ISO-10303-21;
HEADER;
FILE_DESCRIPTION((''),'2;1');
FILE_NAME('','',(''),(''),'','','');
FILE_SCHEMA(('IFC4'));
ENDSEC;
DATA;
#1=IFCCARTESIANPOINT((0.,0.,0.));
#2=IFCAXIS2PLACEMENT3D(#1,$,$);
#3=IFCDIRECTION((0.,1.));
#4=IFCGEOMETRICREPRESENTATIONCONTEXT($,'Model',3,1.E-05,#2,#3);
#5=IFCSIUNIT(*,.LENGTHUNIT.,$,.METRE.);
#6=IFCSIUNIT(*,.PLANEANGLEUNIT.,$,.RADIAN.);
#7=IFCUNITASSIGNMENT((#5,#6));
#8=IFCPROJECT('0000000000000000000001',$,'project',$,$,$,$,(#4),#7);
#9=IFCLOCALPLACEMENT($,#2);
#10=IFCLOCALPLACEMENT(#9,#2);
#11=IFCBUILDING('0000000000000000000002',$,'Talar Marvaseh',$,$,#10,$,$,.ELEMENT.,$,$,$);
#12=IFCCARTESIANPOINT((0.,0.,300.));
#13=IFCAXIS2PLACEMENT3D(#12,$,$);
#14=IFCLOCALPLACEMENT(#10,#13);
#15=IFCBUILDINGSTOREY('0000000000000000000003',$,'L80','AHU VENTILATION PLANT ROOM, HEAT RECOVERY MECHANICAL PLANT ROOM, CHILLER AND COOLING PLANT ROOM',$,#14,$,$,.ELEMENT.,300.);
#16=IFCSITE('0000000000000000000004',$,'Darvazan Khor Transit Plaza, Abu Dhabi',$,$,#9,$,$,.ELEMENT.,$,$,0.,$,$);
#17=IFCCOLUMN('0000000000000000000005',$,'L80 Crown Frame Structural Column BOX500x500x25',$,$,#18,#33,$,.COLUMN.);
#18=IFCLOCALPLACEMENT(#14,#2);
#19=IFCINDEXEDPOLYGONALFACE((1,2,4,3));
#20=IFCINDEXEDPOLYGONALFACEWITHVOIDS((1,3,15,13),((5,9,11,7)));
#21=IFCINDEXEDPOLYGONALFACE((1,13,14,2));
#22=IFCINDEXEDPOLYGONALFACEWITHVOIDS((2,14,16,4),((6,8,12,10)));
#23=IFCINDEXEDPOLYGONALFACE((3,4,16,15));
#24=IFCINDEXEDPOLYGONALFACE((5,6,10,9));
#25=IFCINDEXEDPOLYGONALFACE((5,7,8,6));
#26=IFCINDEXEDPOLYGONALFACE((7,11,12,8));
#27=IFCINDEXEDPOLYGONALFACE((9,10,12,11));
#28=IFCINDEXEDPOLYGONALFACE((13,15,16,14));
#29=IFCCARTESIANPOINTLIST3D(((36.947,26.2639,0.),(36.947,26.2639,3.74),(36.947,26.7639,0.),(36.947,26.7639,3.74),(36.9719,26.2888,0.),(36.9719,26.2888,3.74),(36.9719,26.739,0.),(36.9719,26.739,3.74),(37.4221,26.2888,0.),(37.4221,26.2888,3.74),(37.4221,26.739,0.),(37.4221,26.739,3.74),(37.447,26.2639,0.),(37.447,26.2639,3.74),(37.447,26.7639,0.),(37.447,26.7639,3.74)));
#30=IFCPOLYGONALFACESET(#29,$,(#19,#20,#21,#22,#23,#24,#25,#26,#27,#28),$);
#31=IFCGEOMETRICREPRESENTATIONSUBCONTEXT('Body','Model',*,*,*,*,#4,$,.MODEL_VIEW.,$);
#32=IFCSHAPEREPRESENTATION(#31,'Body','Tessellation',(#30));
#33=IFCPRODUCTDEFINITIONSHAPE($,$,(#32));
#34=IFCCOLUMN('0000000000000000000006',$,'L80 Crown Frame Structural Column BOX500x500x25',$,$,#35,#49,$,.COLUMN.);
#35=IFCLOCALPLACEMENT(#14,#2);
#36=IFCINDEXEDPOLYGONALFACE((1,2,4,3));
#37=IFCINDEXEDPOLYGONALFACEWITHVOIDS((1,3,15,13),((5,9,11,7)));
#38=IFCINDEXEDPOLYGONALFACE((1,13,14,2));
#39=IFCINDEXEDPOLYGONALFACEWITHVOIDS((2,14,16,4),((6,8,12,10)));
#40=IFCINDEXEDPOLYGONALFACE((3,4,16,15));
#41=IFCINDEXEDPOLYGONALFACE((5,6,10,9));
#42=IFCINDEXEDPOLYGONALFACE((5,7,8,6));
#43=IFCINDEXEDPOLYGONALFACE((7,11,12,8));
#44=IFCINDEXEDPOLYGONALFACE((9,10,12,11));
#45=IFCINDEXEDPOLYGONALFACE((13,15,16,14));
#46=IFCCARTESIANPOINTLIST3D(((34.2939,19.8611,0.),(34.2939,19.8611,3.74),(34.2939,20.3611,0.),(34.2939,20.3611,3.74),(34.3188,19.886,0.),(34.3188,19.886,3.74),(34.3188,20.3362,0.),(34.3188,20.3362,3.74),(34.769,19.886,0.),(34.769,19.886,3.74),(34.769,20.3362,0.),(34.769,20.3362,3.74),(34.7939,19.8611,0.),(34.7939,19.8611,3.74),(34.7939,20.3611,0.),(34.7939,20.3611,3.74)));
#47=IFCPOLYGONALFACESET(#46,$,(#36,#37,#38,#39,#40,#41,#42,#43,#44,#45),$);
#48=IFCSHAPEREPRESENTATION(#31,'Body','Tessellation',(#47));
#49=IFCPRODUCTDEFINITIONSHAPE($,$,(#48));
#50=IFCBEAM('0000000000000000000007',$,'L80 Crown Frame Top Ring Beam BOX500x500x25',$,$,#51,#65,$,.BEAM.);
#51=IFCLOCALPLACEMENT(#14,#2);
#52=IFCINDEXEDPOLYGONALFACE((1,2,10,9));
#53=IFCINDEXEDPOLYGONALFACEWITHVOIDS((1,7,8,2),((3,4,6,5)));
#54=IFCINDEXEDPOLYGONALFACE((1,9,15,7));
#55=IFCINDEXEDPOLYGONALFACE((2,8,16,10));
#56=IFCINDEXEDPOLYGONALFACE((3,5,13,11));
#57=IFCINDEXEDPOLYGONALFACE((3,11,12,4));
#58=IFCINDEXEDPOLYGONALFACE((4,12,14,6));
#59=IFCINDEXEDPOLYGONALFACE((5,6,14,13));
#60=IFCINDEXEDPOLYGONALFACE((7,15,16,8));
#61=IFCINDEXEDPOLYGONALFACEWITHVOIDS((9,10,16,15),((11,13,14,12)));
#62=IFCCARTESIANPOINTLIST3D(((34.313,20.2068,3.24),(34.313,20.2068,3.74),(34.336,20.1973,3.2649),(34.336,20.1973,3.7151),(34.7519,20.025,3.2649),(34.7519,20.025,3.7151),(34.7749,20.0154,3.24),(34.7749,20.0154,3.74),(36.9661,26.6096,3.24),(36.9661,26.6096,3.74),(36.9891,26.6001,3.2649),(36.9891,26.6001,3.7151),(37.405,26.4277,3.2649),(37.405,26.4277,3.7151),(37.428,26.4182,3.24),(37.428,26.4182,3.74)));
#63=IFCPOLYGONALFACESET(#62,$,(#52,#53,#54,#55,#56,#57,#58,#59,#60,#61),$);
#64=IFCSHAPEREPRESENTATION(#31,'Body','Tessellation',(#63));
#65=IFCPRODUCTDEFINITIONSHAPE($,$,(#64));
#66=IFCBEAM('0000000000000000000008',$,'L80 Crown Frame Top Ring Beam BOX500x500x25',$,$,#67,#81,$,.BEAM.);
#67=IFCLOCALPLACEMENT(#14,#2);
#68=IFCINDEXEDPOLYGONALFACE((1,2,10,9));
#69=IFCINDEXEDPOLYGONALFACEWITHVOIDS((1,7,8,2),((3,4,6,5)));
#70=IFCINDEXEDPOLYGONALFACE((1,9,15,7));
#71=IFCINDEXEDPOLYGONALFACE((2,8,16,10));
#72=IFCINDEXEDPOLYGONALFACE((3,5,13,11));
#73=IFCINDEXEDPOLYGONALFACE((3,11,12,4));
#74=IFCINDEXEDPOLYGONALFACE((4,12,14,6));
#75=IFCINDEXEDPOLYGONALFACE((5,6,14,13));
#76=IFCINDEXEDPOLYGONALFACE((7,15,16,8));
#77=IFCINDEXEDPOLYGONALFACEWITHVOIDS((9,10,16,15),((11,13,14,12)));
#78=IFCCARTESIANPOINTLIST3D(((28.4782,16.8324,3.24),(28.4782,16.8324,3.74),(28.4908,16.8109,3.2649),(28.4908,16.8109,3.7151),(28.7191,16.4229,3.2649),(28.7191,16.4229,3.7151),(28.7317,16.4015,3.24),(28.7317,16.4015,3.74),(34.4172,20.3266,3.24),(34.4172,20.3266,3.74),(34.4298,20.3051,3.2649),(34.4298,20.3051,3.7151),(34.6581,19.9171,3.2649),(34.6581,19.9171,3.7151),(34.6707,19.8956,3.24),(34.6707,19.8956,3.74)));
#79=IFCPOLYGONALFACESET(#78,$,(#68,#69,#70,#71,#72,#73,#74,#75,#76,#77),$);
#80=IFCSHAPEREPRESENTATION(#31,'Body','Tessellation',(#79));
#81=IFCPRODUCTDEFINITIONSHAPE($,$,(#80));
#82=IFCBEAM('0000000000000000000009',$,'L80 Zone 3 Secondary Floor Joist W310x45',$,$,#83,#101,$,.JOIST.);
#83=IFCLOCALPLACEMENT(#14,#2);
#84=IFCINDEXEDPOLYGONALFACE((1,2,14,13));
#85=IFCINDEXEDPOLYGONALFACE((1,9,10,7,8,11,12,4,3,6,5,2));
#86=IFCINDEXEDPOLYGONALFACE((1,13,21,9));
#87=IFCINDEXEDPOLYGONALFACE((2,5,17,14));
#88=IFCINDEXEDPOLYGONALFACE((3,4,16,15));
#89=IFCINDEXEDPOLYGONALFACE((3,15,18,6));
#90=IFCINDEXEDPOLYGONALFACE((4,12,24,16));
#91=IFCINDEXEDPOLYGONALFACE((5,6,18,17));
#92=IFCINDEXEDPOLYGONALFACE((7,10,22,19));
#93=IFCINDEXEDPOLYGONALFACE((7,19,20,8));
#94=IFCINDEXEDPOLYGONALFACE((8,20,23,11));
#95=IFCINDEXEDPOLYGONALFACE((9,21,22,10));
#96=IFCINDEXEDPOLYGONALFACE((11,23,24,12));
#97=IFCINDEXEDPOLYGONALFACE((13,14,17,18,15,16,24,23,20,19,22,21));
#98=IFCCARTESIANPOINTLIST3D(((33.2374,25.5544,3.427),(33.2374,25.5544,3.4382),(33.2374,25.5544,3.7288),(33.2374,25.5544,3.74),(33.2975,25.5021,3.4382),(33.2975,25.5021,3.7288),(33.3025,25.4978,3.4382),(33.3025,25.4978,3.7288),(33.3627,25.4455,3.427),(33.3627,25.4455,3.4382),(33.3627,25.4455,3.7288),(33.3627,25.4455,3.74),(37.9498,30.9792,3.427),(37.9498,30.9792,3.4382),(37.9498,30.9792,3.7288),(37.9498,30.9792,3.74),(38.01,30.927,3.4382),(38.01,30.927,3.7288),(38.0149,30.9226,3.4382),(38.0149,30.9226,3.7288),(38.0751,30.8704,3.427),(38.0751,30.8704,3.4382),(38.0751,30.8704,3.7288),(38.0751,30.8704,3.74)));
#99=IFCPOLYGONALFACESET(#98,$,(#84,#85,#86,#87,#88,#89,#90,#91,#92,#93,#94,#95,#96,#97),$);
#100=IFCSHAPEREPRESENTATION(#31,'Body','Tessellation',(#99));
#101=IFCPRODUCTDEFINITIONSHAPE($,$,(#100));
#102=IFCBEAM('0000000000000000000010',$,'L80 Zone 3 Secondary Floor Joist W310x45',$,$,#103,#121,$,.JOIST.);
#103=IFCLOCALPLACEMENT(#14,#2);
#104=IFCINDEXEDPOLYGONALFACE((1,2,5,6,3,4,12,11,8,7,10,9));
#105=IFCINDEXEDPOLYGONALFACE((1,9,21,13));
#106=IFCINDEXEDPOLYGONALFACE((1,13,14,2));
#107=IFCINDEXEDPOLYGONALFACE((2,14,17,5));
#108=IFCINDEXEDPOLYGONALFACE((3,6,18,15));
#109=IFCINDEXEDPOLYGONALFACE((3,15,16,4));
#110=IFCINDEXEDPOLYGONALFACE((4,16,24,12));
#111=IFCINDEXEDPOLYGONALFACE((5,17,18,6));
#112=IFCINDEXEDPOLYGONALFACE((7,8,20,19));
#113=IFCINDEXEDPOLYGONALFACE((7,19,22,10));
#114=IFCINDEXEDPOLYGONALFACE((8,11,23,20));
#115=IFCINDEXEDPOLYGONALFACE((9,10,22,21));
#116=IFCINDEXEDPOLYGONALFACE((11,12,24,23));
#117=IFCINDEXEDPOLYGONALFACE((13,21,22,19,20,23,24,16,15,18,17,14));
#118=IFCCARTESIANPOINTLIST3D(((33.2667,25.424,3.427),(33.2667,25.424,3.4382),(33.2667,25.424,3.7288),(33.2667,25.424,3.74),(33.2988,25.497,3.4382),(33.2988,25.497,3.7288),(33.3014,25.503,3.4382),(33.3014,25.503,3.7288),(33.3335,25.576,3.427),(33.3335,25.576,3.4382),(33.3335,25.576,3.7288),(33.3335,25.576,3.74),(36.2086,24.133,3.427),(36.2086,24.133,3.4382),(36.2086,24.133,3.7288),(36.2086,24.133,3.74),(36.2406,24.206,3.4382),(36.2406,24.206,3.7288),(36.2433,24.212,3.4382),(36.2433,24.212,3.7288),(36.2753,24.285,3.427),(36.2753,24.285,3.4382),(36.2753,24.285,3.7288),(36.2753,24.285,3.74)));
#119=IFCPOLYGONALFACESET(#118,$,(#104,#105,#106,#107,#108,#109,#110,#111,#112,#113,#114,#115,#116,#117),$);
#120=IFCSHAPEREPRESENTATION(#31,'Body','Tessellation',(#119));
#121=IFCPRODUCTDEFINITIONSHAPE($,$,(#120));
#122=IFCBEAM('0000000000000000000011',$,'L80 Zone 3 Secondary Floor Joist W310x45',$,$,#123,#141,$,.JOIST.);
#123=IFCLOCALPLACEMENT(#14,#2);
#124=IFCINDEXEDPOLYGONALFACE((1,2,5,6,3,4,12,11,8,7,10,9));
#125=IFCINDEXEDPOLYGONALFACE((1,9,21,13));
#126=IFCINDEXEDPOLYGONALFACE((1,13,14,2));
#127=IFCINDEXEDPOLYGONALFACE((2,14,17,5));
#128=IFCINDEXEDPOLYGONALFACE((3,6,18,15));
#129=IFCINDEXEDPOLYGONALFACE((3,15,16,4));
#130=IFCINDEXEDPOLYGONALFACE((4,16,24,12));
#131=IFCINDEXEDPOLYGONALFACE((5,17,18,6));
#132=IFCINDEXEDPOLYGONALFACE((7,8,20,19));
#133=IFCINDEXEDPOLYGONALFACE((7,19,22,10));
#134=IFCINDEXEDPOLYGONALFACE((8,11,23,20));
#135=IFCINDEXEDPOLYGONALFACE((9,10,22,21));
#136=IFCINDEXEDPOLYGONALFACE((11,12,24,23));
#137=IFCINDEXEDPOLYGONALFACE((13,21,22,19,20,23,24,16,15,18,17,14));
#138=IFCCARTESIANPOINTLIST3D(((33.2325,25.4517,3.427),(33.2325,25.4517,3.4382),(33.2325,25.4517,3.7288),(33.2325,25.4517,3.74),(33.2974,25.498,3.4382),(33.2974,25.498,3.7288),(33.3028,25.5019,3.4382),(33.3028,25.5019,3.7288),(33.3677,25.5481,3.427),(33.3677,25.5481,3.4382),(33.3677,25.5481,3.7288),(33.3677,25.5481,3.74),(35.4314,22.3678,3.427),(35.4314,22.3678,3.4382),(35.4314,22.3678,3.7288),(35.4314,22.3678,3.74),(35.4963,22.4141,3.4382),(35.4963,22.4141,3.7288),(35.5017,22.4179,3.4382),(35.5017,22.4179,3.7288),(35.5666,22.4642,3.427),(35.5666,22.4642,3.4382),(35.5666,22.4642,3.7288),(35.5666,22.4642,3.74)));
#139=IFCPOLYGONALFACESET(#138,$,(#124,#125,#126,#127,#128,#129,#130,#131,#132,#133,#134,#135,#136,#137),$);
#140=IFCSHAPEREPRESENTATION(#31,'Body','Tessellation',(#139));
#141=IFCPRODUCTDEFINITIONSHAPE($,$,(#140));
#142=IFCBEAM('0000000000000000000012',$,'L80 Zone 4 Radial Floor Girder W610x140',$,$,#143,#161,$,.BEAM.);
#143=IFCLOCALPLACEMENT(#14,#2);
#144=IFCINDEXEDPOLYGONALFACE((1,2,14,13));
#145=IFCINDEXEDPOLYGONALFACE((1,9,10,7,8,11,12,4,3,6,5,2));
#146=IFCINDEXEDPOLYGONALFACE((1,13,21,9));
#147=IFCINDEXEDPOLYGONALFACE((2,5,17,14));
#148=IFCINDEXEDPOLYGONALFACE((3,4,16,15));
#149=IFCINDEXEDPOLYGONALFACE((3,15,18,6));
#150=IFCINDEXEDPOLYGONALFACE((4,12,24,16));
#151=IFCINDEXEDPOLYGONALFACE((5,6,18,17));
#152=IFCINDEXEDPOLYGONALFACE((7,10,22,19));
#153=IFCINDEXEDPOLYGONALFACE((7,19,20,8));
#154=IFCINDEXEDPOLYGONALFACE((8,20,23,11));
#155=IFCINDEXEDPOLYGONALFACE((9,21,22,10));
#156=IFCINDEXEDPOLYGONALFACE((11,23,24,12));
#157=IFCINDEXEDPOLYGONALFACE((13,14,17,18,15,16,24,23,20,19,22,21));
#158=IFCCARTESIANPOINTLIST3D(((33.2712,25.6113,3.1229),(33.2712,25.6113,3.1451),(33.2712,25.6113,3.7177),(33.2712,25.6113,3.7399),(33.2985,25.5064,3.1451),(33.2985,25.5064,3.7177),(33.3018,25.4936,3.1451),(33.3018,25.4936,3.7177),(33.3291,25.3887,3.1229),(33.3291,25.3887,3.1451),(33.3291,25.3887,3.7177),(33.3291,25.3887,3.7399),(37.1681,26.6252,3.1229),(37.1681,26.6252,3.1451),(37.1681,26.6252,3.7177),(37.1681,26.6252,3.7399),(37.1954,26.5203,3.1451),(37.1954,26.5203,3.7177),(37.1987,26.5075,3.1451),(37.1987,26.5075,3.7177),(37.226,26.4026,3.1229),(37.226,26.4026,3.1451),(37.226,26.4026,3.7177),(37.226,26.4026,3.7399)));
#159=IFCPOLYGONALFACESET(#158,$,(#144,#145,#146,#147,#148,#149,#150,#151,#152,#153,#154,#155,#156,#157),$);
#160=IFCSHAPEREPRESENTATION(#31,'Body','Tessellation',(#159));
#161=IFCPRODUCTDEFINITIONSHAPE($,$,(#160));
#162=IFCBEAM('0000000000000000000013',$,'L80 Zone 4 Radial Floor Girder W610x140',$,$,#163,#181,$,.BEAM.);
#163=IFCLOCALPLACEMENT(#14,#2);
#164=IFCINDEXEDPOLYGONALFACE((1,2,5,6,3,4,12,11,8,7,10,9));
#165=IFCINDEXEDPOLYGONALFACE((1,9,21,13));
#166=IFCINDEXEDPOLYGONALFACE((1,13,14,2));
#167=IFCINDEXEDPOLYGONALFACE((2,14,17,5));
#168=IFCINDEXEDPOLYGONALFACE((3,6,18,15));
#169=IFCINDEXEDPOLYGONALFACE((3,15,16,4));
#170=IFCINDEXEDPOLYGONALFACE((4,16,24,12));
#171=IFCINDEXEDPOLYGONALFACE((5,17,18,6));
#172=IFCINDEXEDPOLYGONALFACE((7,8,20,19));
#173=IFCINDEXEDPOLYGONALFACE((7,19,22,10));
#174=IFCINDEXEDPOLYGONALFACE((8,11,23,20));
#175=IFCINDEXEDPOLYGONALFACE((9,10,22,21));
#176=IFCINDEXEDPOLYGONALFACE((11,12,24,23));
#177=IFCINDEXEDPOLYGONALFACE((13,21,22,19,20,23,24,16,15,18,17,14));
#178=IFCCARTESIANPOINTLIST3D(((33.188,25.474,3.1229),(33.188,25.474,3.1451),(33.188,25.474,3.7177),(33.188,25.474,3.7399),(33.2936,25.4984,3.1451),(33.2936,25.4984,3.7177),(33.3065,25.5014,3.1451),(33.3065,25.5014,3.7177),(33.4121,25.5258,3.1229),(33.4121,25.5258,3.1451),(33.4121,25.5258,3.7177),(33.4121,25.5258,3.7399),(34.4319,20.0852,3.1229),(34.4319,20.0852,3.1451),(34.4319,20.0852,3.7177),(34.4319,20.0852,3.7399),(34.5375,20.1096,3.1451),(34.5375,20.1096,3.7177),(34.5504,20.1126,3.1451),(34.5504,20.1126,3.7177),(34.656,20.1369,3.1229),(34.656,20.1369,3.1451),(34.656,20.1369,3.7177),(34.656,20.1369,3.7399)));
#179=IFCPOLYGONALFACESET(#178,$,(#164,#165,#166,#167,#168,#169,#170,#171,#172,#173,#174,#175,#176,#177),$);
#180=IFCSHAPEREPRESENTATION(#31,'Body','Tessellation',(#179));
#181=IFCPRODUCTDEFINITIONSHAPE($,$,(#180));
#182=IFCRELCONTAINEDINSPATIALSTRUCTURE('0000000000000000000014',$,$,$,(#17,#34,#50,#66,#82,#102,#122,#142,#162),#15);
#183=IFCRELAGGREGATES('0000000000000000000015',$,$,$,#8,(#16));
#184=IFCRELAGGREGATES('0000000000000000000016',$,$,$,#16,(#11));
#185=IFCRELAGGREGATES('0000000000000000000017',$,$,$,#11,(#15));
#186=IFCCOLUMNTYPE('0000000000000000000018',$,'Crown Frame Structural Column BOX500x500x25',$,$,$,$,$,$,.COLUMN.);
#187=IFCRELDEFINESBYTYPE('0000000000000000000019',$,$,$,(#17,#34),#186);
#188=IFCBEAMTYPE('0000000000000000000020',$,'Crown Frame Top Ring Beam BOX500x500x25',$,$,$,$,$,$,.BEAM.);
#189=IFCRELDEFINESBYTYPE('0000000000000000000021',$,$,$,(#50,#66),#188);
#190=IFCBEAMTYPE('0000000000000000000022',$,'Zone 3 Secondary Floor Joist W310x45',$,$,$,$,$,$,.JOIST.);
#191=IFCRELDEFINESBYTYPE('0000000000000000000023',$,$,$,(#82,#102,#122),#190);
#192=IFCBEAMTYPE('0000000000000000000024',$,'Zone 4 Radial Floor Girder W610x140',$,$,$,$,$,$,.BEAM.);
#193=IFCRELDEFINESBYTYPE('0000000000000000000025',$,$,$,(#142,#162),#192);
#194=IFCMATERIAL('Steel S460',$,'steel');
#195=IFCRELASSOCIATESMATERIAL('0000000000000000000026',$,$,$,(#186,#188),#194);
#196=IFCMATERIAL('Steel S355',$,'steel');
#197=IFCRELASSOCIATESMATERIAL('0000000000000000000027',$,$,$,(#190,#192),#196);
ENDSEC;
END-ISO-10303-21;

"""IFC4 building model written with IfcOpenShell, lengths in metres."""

from ifc_helpers import new_model, si_unit, direction, frame, origin, origin_2d, place, context, subcontext, project, spatial, hollow_rectangle, i_section, extrude, material, material_profile, profile_set, type_object, element, save


model = new_model("IFC4")

# Units and contexts
model_context = context("Model", 3, precision=1e-05, world=origin(), true_north=direction((0.0, 1.0)))
body_context = subcontext(model_context, "Body", "Model", "MODEL_VIEW")
ifc_project = project(units=[si_unit("LENGTHUNIT", "METRE"), si_unit("PLANEANGLEUNIT", "RADIAN")], contexts=[model_context])

# Site, building, storey
site_placement = place(None, origin())
site = spatial("IfcSite", under=ifc_project, at=site_placement, Name="Darvazan Khor Transit Plaza, Abu Dhabi", CompositionType="ELEMENT", RefElevation=0.0)
building_placement = place(site_placement, origin())
building = spatial("IfcBuilding", under=site, at=building_placement, Name="Talar Marvaseh", CompositionType="ELEMENT")
storey_placement = place(building_placement, frame((0.0, 0.0, 300.0)))
storey = spatial("IfcBuildingStorey", under=building, at=storey_placement, Name="L80", Description="AHU VENTILATION PLANT ROOM, HEAT RECOVERY MECHANICAL PLANT ROOM, CHILLER AND COOLING PLANT ROOM", CompositionType="ELEMENT", Elevation=300.0)

# Columns
ifc_material_1 = material(Name="Steel S460", Category="steel")
ifc_material_profile_1 = material_profile(ifc_material_1, hollow_rectangle(XDim=0.5, YDim=0.5, WallThickness=0.0249, at=origin_2d()), Name="BOX500x500x25")
ifc_profile_set_1 = profile_set([ifc_material_profile_1], Name="Steel S460")
column_type = type_object("IfcColumnType", Name="Crown Frame Structural Column BOX500x500x25", PredefinedType="COLUMN", material=ifc_profile_set_1)
for number, where, z_axis, x_axis, name in (
    (1, (37.197, 26.5139, 0.0), (0.0, 0.0, 1.0), (1.0, 0.0, 0.0), "L80 Crown Frame Structural Column BOX500x500x25"),
    (2, (34.5439, 20.1111, 0.0), (0.0, 0.0, 1.0), (1.0, 0.0, 0.0), "L80 Crown Frame Structural Column BOX500x500x25"),
):
    element("IfcColumn", number, at=place(storey_placement, frame(where, z_axis=z_axis, x_axis=x_axis)), inside=storey, type_object=column_type, Name=name, PredefinedType="COLUMN", context=body_context, shape_type="SweptSolid", body=[
        extrude(hollow_rectangle(XDim=0.5, YDim=0.5, WallThickness=0.0249, at=origin_2d()), origin(), (0.0, 0.0, 1.0), 3.74),
    ])

# Beams
ifc_material_profile_2 = material_profile(ifc_material_1, hollow_rectangle(XDim=0.5, YDim=0.5, WallThickness=0.0249, at=origin_2d()), Name="BOX500x500x25")
ifc_profile_set_2 = profile_set([ifc_material_profile_2], Name="Steel S460")
beam_type_1 = type_object("IfcBeamType", Name="Crown Frame Top Ring Beam BOX500x500x25", PredefinedType="BEAM", material=ifc_profile_set_2)
beam_1_placement = place(storey_placement, frame((37.197, 26.5139, 3.49), z_axis=(-0.382799, -0.923832, 0.0), x_axis=(0.923832, -0.382799, 0.0)))
element("IfcBeam", 3, at=beam_1_placement, inside=storey, type_object=beam_type_1, Name="L80 Crown Frame Top Ring Beam BOX500x500x25", PredefinedType="BEAM", context=body_context, shape_type="SweptSolid", body=[
    extrude(hollow_rectangle(XDim=0.5, YDim=0.5, WallThickness=0.0249, at=origin_2d()), origin(), (0.0, 0.0, 1.0), 6.9307),
])
beam_2_placement = place(storey_placement, frame((34.5439, 20.1111, 3.49), z_axis=(-0.861894, -0.507088, 0.0), x_axis=(0.507088, -0.861894, 0.0)))
element("IfcBeam", 4, at=beam_2_placement, inside=storey, type_object=beam_type_1, Name="L80 Crown Frame Top Ring Beam BOX500x500x25", PredefinedType="BEAM", context=body_context, shape_type="SweptSolid", body=[
    extrude(hollow_rectangle(XDim=0.5, YDim=0.5, WallThickness=0.0249, at=origin_2d()), origin(), (0.0, 0.0, 1.0), 6.8906),
])
ifc_material_2 = material(Name="Steel S355", Category="steel")
ifc_material_profile_3 = material_profile(ifc_material_2, i_section(OverallWidth=0.166, OverallDepth=0.313, WebThickness=0.0066, FlangeThickness=0.0112, at=origin_2d()), Name="W310x45")
ifc_profile_set_3 = profile_set([ifc_material_profile_3], Name="Steel S355")
beam_type_2 = type_object("IfcBeamType", Name="Zone 3 Secondary Floor Joist W310x45", PredefinedType="JOIST", material=ifc_profile_set_3)
beam_3_placement = place(storey_placement, frame((38.0125, 30.9248, 3.5835), z_axis=(-0.655797, -0.754938, 0.0), x_axis=(0.754938, -0.655797, 0.0)))
element("IfcBeam", 5, at=beam_3_placement, inside=storey, type_object=beam_type_2, Name="L80 Zone 3 Secondary Floor Joist W310x45", PredefinedType="JOIST", context=body_context, shape_type="SweptSolid", body=[
    extrude(i_section(OverallWidth=0.166, OverallDepth=0.313, WebThickness=0.0066, FlangeThickness=0.0112, at=origin_2d()), origin(), (0.0, 0.0, 1.0), 7.1858),
])
beam_4_placement = place(storey_placement, frame((36.2419, 24.209, 3.5835), z_axis=(-0.915707, 0.401847, 0.0), x_axis=(-0.401847, -0.915707, 0.0)))
element("IfcBeam", 6, at=beam_4_placement, inside=storey, type_object=beam_type_2, Name="L80 Zone 3 Secondary Floor Joist W310x45", PredefinedType="JOIST", context=body_context, shape_type="SweptSolid", body=[
    extrude(i_section(OverallWidth=0.166, OverallDepth=0.313, WebThickness=0.0066, FlangeThickness=0.0112, at=origin_2d()), origin(), (0.0, 0.0, 1.0), 3.2126),
])
beam_5_placement = place(storey_placement, frame((35.499, 22.416, 3.5835), z_axis=(-0.580561, 0.814217, 0.0), x_axis=(-0.814217, -0.580561, 0.0)))
element("IfcBeam", 7, at=beam_5_placement, inside=storey, type_object=beam_type_2, Name="L80 Zone 3 Secondary Floor Joist W310x45", PredefinedType="JOIST", context=body_context, shape_type="SweptSolid", body=[
    extrude(i_section(OverallWidth=0.166, OverallDepth=0.313, WebThickness=0.0066, FlangeThickness=0.0112, at=origin_2d()), origin(), (0.0, 0.0, 1.0), 3.7876),
])
ifc_material_profile_4 = material_profile(ifc_material_2, i_section(OverallWidth=0.23, OverallDepth=0.6169, WebThickness=0.0132, FlangeThickness=0.0222, at=origin_2d()), Name="W610x140")
ifc_profile_set_4 = profile_set([ifc_material_profile_4], Name="Steel S355")
beam_type_3 = type_object("IfcBeamType", Name="Zone 4 Radial Floor Girder W610x140", PredefinedType="BEAM", material=ifc_profile_set_4)
beam_6_placement = place(storey_placement, frame((37.197, 26.5139, 3.4314), z_axis=(-0.96778, -0.251797, 0.0), x_axis=(0.251797, -0.96778, 0.0)))
element("IfcBeam", 8, at=beam_6_placement, inside=storey, type_object=beam_type_3, Name="L80 Zone 4 Radial Floor Girder W610x140", PredefinedType="BEAM", context=body_context, shape_type="SweptSolid", body=[
    extrude(i_section(OverallWidth=0.23, OverallDepth=0.6169, WebThickness=0.0132, FlangeThickness=0.0222, at=origin_2d()), origin(), (0.0, 0.0, 1.0), 4.0266),
])
beam_7_placement = place(storey_placement, frame((34.5439, 20.1111, 3.4314), z_axis=(-0.224911, 0.974379, 0.0), x_axis=(-0.974379, -0.224911, 0.0)))
element("IfcBeam", 9, at=beam_7_placement, inside=storey, type_object=beam_type_3, Name="L80 Zone 4 Radial Floor Girder W610x140", PredefinedType="BEAM", context=body_context, shape_type="SweptSolid", body=[
    extrude(i_section(OverallWidth=0.23, OverallDepth=0.6169, WebThickness=0.0132, FlangeThickness=0.0222, at=origin_2d()), origin(), (0.0, 0.0, 1.0), 5.5305),
])

save(model, "model.ifc")
